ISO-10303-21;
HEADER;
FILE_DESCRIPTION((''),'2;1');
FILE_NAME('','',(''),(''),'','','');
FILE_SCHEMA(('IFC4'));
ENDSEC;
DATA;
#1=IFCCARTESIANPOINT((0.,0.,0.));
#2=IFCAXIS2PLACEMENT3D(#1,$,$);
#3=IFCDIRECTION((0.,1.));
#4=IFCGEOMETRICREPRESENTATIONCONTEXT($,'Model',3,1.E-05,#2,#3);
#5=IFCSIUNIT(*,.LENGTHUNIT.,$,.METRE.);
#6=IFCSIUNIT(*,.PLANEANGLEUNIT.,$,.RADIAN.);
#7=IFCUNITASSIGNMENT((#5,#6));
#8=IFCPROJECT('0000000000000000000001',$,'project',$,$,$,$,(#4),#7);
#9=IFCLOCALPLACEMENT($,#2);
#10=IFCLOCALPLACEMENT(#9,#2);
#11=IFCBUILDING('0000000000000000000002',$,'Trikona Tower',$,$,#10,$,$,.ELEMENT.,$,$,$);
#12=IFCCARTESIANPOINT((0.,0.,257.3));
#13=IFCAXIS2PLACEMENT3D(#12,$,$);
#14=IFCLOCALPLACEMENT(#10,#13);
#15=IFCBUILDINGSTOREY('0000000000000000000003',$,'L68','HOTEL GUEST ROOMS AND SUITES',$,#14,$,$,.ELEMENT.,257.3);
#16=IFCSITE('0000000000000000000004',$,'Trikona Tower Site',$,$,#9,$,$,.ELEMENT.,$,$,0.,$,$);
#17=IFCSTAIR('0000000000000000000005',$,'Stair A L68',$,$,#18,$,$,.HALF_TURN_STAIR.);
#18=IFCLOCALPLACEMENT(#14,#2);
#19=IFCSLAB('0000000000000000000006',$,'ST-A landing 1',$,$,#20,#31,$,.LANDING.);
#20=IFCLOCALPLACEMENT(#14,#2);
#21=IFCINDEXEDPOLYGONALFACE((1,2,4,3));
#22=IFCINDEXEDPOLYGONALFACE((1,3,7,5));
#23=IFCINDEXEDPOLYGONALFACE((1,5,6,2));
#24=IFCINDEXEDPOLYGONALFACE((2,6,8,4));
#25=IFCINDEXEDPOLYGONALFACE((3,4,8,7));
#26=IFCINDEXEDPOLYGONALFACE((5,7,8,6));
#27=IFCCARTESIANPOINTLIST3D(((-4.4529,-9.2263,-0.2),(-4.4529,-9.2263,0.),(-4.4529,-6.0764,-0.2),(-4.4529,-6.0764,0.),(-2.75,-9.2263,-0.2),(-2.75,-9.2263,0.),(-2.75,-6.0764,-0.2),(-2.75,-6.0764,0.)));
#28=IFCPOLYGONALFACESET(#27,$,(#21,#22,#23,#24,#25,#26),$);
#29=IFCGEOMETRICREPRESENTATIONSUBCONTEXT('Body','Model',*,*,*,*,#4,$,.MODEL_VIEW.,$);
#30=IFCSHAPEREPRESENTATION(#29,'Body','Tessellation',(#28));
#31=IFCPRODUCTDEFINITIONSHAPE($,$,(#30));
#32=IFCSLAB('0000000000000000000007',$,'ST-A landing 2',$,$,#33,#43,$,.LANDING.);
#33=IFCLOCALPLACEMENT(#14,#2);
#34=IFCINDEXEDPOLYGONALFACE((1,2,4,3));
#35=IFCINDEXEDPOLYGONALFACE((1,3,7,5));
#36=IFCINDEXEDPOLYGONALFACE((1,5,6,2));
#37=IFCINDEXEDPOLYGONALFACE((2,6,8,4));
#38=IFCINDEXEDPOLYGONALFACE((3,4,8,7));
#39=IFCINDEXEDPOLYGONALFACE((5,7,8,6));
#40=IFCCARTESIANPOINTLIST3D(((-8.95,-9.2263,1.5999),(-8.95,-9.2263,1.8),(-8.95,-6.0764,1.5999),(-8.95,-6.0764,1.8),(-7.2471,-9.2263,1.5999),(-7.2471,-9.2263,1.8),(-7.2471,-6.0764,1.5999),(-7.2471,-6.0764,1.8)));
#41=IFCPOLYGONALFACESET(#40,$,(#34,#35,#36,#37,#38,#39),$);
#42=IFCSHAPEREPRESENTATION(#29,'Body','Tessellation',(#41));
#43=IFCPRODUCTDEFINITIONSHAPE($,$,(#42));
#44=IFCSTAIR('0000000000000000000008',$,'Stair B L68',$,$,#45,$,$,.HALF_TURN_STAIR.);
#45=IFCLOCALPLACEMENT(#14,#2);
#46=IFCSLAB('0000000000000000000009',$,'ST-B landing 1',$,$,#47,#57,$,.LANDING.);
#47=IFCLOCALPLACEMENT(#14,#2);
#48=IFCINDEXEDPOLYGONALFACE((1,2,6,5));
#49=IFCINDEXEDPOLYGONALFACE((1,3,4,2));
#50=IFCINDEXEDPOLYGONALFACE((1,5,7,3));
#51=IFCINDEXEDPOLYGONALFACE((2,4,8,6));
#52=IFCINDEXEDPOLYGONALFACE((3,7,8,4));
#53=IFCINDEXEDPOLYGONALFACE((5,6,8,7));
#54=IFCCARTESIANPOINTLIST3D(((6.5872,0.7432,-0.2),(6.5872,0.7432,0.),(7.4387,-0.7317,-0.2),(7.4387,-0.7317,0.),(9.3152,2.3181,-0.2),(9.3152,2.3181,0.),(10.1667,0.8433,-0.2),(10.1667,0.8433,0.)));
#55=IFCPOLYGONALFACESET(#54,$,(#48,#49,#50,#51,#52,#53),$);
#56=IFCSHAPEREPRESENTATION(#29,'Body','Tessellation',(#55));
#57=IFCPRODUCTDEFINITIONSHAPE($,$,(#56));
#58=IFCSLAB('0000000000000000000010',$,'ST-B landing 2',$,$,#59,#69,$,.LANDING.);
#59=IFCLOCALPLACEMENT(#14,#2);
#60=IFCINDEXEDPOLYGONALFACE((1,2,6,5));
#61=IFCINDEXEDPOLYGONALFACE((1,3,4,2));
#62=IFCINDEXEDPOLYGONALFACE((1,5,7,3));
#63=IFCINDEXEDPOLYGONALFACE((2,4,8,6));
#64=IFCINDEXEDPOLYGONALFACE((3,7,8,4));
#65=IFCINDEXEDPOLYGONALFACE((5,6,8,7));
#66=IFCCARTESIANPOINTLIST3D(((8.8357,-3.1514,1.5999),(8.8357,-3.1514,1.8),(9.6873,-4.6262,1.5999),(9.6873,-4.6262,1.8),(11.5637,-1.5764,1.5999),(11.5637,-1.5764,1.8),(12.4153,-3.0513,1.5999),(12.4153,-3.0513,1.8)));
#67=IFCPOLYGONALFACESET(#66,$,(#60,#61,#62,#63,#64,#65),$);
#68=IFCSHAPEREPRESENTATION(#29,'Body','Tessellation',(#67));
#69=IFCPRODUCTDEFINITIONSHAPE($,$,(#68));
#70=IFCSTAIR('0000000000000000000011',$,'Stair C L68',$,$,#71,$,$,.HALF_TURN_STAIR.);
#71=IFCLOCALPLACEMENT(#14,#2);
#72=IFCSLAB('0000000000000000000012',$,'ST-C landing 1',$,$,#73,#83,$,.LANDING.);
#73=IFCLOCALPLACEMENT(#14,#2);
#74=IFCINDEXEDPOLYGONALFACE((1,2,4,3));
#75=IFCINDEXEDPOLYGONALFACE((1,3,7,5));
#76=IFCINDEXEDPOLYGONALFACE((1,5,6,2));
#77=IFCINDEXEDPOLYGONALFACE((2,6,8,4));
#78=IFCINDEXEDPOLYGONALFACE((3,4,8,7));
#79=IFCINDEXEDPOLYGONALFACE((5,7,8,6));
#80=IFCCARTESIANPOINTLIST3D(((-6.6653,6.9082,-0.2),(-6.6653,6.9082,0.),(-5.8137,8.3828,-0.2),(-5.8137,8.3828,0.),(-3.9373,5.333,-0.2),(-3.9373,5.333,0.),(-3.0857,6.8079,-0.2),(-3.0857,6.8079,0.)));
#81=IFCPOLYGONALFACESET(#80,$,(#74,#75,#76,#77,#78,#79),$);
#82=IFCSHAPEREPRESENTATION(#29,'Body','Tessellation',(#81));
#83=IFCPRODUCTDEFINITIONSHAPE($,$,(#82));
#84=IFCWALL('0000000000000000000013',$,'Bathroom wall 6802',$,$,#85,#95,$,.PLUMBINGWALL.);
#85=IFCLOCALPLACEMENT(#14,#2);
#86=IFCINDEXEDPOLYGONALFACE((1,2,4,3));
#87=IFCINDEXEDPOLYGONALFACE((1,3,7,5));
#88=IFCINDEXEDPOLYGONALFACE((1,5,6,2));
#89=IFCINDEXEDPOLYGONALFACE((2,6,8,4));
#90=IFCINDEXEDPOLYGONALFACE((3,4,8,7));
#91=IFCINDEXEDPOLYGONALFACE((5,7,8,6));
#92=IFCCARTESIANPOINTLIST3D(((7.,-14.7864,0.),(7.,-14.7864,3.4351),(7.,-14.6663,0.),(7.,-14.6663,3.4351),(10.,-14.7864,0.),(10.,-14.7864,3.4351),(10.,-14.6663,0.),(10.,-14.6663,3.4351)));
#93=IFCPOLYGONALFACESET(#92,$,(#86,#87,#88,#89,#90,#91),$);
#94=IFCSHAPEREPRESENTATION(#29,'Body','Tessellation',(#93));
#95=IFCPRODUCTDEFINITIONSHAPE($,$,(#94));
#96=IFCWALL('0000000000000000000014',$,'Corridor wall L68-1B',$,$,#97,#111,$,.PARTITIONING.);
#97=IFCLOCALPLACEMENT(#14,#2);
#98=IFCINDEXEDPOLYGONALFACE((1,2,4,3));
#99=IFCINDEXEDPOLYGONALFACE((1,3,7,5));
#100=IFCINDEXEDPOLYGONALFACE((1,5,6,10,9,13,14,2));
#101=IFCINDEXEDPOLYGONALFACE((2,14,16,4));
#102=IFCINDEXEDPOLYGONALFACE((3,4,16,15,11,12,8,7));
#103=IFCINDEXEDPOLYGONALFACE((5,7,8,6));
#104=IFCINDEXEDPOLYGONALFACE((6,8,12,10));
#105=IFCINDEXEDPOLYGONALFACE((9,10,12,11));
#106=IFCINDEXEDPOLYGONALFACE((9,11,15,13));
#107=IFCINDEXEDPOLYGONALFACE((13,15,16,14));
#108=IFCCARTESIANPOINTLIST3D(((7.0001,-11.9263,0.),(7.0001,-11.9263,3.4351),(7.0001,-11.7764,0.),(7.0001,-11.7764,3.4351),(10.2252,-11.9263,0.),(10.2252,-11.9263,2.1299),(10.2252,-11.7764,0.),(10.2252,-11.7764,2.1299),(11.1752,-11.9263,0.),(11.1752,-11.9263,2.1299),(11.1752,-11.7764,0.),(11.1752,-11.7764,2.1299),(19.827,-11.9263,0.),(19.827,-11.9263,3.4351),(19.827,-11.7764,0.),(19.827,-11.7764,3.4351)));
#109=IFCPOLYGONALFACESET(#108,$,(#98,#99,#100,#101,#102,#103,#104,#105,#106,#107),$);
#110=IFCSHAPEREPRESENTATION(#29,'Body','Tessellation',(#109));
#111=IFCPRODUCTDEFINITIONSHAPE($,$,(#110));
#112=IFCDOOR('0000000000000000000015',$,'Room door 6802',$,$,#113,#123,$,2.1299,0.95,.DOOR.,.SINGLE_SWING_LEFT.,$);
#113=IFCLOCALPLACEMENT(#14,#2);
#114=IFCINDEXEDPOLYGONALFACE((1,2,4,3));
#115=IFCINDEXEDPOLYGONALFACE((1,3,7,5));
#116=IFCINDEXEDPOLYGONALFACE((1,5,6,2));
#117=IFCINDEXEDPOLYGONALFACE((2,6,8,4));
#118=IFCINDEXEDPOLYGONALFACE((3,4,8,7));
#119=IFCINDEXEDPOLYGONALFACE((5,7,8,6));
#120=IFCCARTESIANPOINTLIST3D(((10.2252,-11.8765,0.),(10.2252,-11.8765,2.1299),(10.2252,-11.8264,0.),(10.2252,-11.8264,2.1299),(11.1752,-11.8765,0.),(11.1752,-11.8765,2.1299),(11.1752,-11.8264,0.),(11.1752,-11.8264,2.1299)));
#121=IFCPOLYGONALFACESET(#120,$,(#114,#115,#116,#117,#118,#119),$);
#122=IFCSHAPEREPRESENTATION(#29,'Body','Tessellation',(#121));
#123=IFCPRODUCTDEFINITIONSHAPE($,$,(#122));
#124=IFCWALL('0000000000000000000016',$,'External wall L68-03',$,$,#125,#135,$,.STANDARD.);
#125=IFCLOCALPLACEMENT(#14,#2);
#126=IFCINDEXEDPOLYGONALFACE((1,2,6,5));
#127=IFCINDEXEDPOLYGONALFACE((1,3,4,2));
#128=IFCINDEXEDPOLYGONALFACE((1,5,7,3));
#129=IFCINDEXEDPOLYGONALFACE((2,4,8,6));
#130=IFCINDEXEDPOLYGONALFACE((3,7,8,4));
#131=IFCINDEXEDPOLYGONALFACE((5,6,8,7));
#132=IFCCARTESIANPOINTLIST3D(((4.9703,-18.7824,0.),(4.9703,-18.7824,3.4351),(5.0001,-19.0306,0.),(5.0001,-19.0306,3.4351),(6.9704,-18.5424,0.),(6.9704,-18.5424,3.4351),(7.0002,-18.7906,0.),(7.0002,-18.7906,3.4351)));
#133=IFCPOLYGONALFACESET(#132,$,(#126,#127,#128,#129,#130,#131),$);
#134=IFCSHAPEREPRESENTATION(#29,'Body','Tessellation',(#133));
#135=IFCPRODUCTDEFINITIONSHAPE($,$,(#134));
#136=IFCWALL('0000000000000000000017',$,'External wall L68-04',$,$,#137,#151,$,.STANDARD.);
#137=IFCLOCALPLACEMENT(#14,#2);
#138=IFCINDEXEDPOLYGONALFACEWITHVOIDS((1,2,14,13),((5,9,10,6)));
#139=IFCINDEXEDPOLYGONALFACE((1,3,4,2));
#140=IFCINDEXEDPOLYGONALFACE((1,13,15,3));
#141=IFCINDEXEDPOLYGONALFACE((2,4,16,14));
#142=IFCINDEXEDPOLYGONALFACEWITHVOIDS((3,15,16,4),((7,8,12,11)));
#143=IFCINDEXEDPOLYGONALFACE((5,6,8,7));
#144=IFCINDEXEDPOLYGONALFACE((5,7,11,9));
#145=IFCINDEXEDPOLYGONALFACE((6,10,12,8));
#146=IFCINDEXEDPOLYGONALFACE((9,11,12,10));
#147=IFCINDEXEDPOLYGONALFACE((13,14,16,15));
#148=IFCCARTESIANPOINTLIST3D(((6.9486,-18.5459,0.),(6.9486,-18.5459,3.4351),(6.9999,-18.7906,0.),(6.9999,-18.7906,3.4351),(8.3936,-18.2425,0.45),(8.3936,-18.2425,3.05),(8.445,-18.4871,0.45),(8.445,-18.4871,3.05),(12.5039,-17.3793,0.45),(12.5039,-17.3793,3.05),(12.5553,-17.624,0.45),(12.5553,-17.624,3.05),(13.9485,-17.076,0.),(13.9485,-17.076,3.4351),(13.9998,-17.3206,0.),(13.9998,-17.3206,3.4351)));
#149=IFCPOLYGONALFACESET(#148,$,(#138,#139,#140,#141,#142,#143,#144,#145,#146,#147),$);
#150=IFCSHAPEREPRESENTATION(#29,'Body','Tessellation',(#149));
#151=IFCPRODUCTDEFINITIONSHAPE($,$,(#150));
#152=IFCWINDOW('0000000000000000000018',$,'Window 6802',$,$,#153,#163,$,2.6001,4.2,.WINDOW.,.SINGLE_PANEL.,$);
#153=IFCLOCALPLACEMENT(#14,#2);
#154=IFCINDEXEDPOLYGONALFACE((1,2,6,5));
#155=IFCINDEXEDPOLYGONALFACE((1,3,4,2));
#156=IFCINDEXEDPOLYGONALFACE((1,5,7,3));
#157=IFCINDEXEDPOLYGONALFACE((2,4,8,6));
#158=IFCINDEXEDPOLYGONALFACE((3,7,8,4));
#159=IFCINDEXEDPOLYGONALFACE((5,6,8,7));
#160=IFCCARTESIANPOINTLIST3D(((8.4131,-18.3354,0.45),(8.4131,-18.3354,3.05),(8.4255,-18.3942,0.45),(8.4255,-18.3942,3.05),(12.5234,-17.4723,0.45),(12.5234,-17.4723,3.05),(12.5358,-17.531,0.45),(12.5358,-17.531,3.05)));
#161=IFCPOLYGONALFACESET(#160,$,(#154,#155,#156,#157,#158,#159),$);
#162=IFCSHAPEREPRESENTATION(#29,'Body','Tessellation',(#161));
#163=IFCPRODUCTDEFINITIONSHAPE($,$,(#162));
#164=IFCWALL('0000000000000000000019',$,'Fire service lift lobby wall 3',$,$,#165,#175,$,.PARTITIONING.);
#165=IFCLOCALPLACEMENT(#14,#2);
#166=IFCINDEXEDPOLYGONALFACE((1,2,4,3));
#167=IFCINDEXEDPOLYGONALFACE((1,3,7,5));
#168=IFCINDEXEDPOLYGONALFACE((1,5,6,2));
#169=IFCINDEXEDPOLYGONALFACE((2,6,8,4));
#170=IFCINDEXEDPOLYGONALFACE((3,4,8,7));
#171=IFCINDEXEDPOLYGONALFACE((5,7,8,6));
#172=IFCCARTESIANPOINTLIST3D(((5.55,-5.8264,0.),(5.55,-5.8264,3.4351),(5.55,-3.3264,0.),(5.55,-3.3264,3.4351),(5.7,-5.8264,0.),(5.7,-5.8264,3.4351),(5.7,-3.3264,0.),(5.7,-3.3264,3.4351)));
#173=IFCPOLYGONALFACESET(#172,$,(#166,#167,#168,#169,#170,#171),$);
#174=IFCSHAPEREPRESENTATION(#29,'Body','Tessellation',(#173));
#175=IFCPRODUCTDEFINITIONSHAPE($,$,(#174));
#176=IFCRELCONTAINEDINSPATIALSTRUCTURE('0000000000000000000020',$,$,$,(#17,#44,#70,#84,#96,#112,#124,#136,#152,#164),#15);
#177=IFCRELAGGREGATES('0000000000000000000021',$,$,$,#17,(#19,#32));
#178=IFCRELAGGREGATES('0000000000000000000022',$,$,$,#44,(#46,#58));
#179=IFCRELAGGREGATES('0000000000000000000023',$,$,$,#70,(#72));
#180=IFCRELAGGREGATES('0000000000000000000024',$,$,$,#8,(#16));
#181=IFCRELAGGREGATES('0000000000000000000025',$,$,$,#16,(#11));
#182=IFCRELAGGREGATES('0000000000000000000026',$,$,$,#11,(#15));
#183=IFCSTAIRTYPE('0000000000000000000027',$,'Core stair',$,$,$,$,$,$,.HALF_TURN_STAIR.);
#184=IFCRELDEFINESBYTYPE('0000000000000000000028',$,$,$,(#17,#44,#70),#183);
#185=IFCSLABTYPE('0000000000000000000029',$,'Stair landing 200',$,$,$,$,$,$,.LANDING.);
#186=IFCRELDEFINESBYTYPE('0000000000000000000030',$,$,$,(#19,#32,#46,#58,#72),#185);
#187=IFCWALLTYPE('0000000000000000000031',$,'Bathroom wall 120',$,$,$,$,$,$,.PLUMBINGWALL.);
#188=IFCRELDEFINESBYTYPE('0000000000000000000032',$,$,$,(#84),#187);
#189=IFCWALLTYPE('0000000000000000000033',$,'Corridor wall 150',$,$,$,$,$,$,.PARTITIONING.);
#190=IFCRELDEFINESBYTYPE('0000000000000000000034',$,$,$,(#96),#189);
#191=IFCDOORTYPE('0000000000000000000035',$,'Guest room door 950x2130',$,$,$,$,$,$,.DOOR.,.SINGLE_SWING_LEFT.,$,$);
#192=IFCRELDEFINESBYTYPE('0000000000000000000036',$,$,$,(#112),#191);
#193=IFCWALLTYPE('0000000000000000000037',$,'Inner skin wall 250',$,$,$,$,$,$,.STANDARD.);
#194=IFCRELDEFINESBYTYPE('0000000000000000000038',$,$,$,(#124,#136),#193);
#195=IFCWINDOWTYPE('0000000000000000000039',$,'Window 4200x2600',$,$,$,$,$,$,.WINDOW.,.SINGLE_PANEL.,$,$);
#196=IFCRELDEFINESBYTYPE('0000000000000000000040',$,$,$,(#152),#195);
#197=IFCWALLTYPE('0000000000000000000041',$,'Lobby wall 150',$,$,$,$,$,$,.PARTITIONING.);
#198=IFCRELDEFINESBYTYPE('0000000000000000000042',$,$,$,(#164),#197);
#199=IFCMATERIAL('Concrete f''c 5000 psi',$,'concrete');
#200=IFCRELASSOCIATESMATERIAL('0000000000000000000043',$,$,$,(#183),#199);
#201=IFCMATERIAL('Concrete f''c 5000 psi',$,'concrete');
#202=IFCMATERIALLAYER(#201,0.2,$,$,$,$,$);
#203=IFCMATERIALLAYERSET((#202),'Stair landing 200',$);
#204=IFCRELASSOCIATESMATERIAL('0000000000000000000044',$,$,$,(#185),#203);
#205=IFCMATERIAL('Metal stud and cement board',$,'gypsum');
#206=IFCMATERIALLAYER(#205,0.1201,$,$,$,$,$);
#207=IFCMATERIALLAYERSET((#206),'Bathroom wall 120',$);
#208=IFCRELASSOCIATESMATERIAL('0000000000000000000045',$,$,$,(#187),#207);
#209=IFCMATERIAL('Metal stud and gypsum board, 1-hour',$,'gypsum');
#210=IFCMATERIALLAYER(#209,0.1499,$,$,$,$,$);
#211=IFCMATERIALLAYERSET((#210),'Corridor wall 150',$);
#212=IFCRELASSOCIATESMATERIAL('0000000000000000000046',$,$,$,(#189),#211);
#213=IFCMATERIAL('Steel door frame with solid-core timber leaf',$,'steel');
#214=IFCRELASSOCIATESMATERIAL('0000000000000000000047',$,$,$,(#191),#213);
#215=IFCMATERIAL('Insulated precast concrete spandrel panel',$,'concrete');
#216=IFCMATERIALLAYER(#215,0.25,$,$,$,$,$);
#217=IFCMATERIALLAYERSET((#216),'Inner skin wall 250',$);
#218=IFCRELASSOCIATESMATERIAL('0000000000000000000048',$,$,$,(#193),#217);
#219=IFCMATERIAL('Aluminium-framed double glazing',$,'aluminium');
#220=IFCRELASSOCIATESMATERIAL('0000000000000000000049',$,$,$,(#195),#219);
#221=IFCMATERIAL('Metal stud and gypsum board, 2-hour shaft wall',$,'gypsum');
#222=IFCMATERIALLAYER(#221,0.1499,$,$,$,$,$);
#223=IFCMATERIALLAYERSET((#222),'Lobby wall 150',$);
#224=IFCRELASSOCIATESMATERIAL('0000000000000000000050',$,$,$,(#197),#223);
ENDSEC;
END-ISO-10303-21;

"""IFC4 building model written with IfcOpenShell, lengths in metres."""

from ifc_helpers import new_model, si_unit, direction, frame, frame_2d, origin, place, context, subcontext, project, spatial, polyline, rectangle, outline, extrude, material, layer, layer_set, type_object, element, fill, aggregate, save


model = new_model("IFC4")

# Units and contexts
model_context = context("Model", 3, precision=1e-05, world=origin(), true_north=direction((0.0, 1.0)))
body_context = subcontext(model_context, "Body", "Model", "MODEL_VIEW")
ifc_project = project(units=[si_unit("LENGTHUNIT", "METRE"), si_unit("PLANEANGLEUNIT", "RADIAN")], contexts=[model_context])

# Site, building, storey
site_placement = place(None, origin())
site = spatial("IfcSite", under=ifc_project, at=site_placement, Name="Trikona Tower Site", CompositionType="ELEMENT", RefElevation=0.0)
building_placement = place(site_placement, origin())
building = spatial("IfcBuilding", under=site, at=building_placement, Name="Trikona Tower", CompositionType="ELEMENT")
storey_placement = place(building_placement, frame((0.0, 0.0, 257.3)))
storey = spatial("IfcBuildingStorey", under=building, at=storey_placement, Name="L68", Description="HOTEL GUEST ROOMS AND SUITES", CompositionType="ELEMENT", Elevation=257.3)

# Stairs, slabs
ifc_material_1 = material(Name="Concrete f'c 5000 psi", Category="concrete")
stair_type = type_object("IfcStairType", Name="Core stair", PredefinedType="HALF_TURN_STAIR", material=ifc_material_1)
stair_1_placement = place(storey_placement, origin())
stair_1 = element("IfcStair", 1, at=stair_1_placement, inside=storey, type_object=stair_type, Name="Stair A L68", PredefinedType="HALF_TURN_STAIR")
ifc_material_2 = material(Name="Concrete f'c 5000 psi", Category="concrete")
ifc_layer_1 = layer(ifc_material_2, 0.2)
ifc_layer_set_1 = layer_set([ifc_layer_1], Name="Stair landing 200")
slab_type_1 = type_object("IfcSlabType", Name="Stair landing 200", PredefinedType="LANDING", material=ifc_layer_set_1)
slab_1_placement = place(storey_placement, frame((0.0, 0.0, -0.2)))
slab_1 = element("IfcSlab", 2, at=slab_1_placement, type_object=slab_type_1, Name="ST-A landing 1", PredefinedType="LANDING", context=body_context, shape_type="SweptSolid", body=[
    extrude(outline(polyline([(-4.4529, -6.0764), (-2.75, -6.0764), (-2.75, -9.2263), (-4.4529, -9.2263), (-4.4529, -6.0764)])), origin(), (0.0, 0.0, 1.0), 0.2),
])
slab_2_placement = place(storey_placement, frame((0.0, 0.0, 1.5999)))
slab_2 = element("IfcSlab", 3, at=slab_2_placement, type_object=slab_type_1, Name="ST-A landing 2", PredefinedType="LANDING", context=body_context, shape_type="SweptSolid", body=[
    extrude(outline(polyline([(-8.95, -6.0764), (-7.2471, -6.0764), (-7.2471, -9.2263), (-8.95, -9.2263), (-8.95, -6.0764)])), origin(), (0.0, 0.0, 1.0), 0.2002),
])
aggregate(stair_1, [slab_1, slab_2])
stair_2_placement = place(storey_placement, origin())
stair_2 = element("IfcStair", 4, at=stair_2_placement, inside=storey, type_object=stair_type, Name="Stair B L68", PredefinedType="HALF_TURN_STAIR")
slab_3_placement = place(storey_placement, frame((0.0, 0.0, -0.2)))
slab_3 = element("IfcSlab", 5, at=slab_3_placement, type_object=slab_type_1, Name="ST-B landing 1", PredefinedType="LANDING", context=body_context, shape_type="SweptSolid", body=[
    extrude(outline(polyline([(7.4387, -0.7317), (6.5872, 0.7432), (9.3152, 2.3181), (10.1667, 0.8433), (7.4387, -0.7317)])), origin(), (0.0, 0.0, 1.0), 0.2),
])
slab_4_placement = place(storey_placement, frame((0.0, 0.0, 1.5999)))
slab_4 = element("IfcSlab", 6, at=slab_4_placement, type_object=slab_type_1, Name="ST-B landing 2", PredefinedType="LANDING", context=body_context, shape_type="SweptSolid", body=[
    extrude(outline(polyline([(9.6873, -4.6262), (8.8357, -3.1514), (11.5637, -1.5764), (12.4153, -3.0513), (9.6873, -4.6262)])), origin(), (0.0, 0.0, 1.0), 0.2002),
])
aggregate(stair_2, [slab_3, slab_4])

# Stair, slab
stair_3_placement = place(storey_placement, origin())
stair_3 = element("IfcStair", 7, at=stair_3_placement, inside=storey, type_object=stair_type, Name="Stair C L68", PredefinedType="HALF_TURN_STAIR")
slab_5_placement = place(storey_placement, frame((0.0, 0.0, -0.2)))
slab_5 = element("IfcSlab", 8, at=slab_5_placement, type_object=slab_type_1, Name="ST-C landing 1", PredefinedType="LANDING", context=body_context, shape_type="SweptSolid", body=[
    extrude(outline(polyline([(-3.0857, 6.8079), (-3.9373, 5.333), (-6.6653, 6.9082), (-5.8137, 8.3828), (-3.0857, 6.8079)])), origin(), (0.0, 0.0, 1.0), 0.2),
])
aggregate(stair_3, [slab_5])

# Wall
ifc_material_3 = material(Name="Metal stud and cement board", Category="gypsum")
ifc_layer_2 = layer(ifc_material_3, 0.1201)
ifc_layer_set_2 = layer_set([ifc_layer_2], Name="Bathroom wall 120")
wall_type_1 = type_object("IfcWallType", Name="Bathroom wall 120", PredefinedType="PLUMBINGWALL", material=ifc_layer_set_2)
wall_1_placement = place(storey_placement, frame((7.0, -14.7263, 0.0), z_axis=(0.0, 0.0, 1.0), x_axis=(1.0, 0.0, 0.0)))
element("IfcWall", 9, at=wall_1_placement, inside=storey, type_object=wall_type_1, Name="Bathroom wall 6802", PredefinedType="PLUMBINGWALL", context=body_context, shape_type="SweptSolid", body=[
    extrude(rectangle(XDim=3.0, YDim=0.1201, at=frame_2d((1.5, 0.0))), origin(), (0.0, 0.0, 1.0), 3.4351),
])

# Wall, opening, door
ifc_material_4 = material(Name="Metal stud and gypsum board, 1-hour", Category="gypsum")
ifc_layer_3 = layer(ifc_material_4, 0.1499)
ifc_layer_set_3 = layer_set([ifc_layer_3], Name="Corridor wall 150")
wall_type_2 = type_object("IfcWallType", Name="Corridor wall 150", PredefinedType="PARTITIONING", material=ifc_layer_set_3)
wall_2_placement = place(storey_placement, frame((7.0, -11.8513, 0.0), z_axis=(0.0, 0.0, 1.0), x_axis=(1.0, 0.0, 0.0)))
wall_2 = element("IfcWall", 10, at=wall_2_placement, inside=storey, type_object=wall_type_2, Name="Corridor wall L68-1B", PredefinedType="PARTITIONING", context=body_context, shape_type="SweptSolid", body=[
    extrude(rectangle(XDim=12.8269, YDim=0.1499, at=frame_2d((6.4136, 0.0))), origin(), (0.0, 0.0, 1.0), 3.4351),
])
opening_1_placement = place(wall_2_placement, frame((3.2251, 0.0, 0.0)))
opening_1 = element("IfcOpeningElement", 11, at=opening_1_placement, cuts=wall_2, PredefinedType="OPENING", context=body_context, shape_type="SweptSolid", body=[
    extrude(rectangle(XDim=0.95, YDim=2.1299, at=frame_2d((0.4751, 1.0649))), frame((0.0, 0.085, 0.0), z_axis=(0.0, -1.0, 0.0), x_axis=(1.0, 0.0, 0.0)), (0.0, 0.0, 1.0), 0.1699),
])
ifc_material_5 = material(Name="Steel door frame with solid-core timber leaf", Category="steel")
door_type = type_object("IfcDoorType", Name="Guest room door 950x2130", OperationType="SINGLE_SWING_LEFT", PredefinedType="DOOR", material=ifc_material_5)
door_placement = place(opening_1_placement, origin())
door = element("IfcDoor", 12, at=door_placement, inside=storey, type_object=door_type, Name="Room door 6802", OperationType="SINGLE_SWING_LEFT", OverallHeight=2.1299, OverallWidth=0.95, PredefinedType="DOOR", context=body_context, shape_type="SweptSolid", body=[
    extrude(rectangle(XDim=0.95, YDim=2.1299, at=frame_2d((0.4751, 1.0649))), frame((0.0, 0.0249, 0.0), z_axis=(0.0, -1.0, 0.0), x_axis=(1.0, 0.0, 0.0)), (0.0, 0.0, 1.0), 0.05),
])
fill(opening_1, door)

# Wall
ifc_material_6 = material(Name="Insulated precast concrete spandrel panel", Category="concrete")
ifc_layer_4 = layer(ifc_material_6, 0.25)
ifc_layer_set_4 = layer_set([ifc_layer_4], Name="Inner skin wall 250")
wall_type_3 = type_object("IfcWallType", Name="Inner skin wall 250", PredefinedType="STANDARD", material=ifc_layer_set_4)
wall_3_placement = place(storey_placement, frame((4.9851, -18.9065, 0.0), z_axis=(0.0, 0.0, 1.0), x_axis=(0.992877, 0.11914, 0.0)))
element("IfcWall", 13, at=wall_3_placement, inside=storey, type_object=wall_type_3, Name="External wall L68-03", PredefinedType="STANDARD", context=body_context, shape_type="SweptSolid", body=[
    extrude(rectangle(XDim=2.0144, YDim=0.25, at=frame_2d((1.0073, 0.0))), origin(), (0.0, 0.0, 1.0), 3.4351),
])

# Wall, opening, window
wall_4_placement = place(storey_placement, frame((6.9744, -18.6682, 0.0), z_axis=(0.0, 0.0, 1.0), x_axis=(0.978654, 0.205513, 0.0)))
wall_4 = element("IfcWall", 14, at=wall_4_placement, inside=storey, type_object=wall_type_3, Name="External wall L68-04", PredefinedType="STANDARD", context=body_context, shape_type="SweptSolid", body=[
    extrude(rectangle(XDim=7.1526, YDim=0.25, at=frame_2d((3.5762, 0.0))), origin(), (0.0, 0.0, 1.0), 3.4351),
])
opening_2_placement = place(wall_4_placement, frame((1.4763, 0.0, 0.45)))
opening_2 = element("IfcOpeningElement", 15, at=opening_2_placement, cuts=wall_4, PredefinedType="OPENING", context=body_context, shape_type="SweptSolid", body=[
    extrude(rectangle(XDim=4.2, YDim=2.6001, at=frame_2d((2.1001, 1.3))), frame((0.0, 0.135, 0.0), z_axis=(0.0, -1.0, 0.0), x_axis=(1.0, 0.0, 0.0)), (0.0, 0.0, 1.0), 0.27),
])
ifc_material_7 = material(Name="Aluminium-framed double glazing", Category="aluminium")
window_type = type_object("IfcWindowType", Name="Window 4200x2600", PartitioningType="SINGLE_PANEL", PredefinedType="WINDOW", material=ifc_material_7)
window_placement = place(opening_2_placement, origin())
window = element("IfcWindow", 16, at=window_placement, inside=storey, type_object=window_type, Name="Window 6802", OverallHeight=2.6001, OverallWidth=4.2, PartitioningType="SINGLE_PANEL", PredefinedType="WINDOW", context=body_context, shape_type="SweptSolid", body=[
    extrude(rectangle(XDim=4.2, YDim=2.6001, at=frame_2d((2.1001, 1.3))), frame((0.0, 0.03, 0.0), z_axis=(0.0, -1.0, 0.0), x_axis=(1.0, 0.0, 0.0)), (0.0, 0.0, 1.0), 0.0601),
])
fill(opening_2, window)

# Wall
ifc_material_8 = material(Name="Metal stud and gypsum board, 2-hour shaft wall", Category="gypsum")
ifc_layer_5 = layer(ifc_material_8, 0.1499)
ifc_layer_set_5 = layer_set([ifc_layer_5], Name="Lobby wall 150")
wall_type_4 = type_object("IfcWallType", Name="Lobby wall 150", PredefinedType="PARTITIONING", material=ifc_layer_set_5)
wall_5_placement = place(storey_placement, frame((5.625, -5.8264, 0.0), z_axis=(0.0, 0.0, 1.0), x_axis=(0.0, 1.0, 0.0)))
element("IfcWall", 17, at=wall_5_placement, inside=storey, type_object=wall_type_4, Name="Fire service lift lobby wall 3", PredefinedType="PARTITIONING", context=body_context, shape_type="SweptSolid", body=[
    extrude(rectangle(XDim=2.5, YDim=0.1499, at=frame_2d((1.25, 0.0))), origin(), (0.0, 0.0, 1.0), 3.4351),
])

save(model, "model.ifc")
